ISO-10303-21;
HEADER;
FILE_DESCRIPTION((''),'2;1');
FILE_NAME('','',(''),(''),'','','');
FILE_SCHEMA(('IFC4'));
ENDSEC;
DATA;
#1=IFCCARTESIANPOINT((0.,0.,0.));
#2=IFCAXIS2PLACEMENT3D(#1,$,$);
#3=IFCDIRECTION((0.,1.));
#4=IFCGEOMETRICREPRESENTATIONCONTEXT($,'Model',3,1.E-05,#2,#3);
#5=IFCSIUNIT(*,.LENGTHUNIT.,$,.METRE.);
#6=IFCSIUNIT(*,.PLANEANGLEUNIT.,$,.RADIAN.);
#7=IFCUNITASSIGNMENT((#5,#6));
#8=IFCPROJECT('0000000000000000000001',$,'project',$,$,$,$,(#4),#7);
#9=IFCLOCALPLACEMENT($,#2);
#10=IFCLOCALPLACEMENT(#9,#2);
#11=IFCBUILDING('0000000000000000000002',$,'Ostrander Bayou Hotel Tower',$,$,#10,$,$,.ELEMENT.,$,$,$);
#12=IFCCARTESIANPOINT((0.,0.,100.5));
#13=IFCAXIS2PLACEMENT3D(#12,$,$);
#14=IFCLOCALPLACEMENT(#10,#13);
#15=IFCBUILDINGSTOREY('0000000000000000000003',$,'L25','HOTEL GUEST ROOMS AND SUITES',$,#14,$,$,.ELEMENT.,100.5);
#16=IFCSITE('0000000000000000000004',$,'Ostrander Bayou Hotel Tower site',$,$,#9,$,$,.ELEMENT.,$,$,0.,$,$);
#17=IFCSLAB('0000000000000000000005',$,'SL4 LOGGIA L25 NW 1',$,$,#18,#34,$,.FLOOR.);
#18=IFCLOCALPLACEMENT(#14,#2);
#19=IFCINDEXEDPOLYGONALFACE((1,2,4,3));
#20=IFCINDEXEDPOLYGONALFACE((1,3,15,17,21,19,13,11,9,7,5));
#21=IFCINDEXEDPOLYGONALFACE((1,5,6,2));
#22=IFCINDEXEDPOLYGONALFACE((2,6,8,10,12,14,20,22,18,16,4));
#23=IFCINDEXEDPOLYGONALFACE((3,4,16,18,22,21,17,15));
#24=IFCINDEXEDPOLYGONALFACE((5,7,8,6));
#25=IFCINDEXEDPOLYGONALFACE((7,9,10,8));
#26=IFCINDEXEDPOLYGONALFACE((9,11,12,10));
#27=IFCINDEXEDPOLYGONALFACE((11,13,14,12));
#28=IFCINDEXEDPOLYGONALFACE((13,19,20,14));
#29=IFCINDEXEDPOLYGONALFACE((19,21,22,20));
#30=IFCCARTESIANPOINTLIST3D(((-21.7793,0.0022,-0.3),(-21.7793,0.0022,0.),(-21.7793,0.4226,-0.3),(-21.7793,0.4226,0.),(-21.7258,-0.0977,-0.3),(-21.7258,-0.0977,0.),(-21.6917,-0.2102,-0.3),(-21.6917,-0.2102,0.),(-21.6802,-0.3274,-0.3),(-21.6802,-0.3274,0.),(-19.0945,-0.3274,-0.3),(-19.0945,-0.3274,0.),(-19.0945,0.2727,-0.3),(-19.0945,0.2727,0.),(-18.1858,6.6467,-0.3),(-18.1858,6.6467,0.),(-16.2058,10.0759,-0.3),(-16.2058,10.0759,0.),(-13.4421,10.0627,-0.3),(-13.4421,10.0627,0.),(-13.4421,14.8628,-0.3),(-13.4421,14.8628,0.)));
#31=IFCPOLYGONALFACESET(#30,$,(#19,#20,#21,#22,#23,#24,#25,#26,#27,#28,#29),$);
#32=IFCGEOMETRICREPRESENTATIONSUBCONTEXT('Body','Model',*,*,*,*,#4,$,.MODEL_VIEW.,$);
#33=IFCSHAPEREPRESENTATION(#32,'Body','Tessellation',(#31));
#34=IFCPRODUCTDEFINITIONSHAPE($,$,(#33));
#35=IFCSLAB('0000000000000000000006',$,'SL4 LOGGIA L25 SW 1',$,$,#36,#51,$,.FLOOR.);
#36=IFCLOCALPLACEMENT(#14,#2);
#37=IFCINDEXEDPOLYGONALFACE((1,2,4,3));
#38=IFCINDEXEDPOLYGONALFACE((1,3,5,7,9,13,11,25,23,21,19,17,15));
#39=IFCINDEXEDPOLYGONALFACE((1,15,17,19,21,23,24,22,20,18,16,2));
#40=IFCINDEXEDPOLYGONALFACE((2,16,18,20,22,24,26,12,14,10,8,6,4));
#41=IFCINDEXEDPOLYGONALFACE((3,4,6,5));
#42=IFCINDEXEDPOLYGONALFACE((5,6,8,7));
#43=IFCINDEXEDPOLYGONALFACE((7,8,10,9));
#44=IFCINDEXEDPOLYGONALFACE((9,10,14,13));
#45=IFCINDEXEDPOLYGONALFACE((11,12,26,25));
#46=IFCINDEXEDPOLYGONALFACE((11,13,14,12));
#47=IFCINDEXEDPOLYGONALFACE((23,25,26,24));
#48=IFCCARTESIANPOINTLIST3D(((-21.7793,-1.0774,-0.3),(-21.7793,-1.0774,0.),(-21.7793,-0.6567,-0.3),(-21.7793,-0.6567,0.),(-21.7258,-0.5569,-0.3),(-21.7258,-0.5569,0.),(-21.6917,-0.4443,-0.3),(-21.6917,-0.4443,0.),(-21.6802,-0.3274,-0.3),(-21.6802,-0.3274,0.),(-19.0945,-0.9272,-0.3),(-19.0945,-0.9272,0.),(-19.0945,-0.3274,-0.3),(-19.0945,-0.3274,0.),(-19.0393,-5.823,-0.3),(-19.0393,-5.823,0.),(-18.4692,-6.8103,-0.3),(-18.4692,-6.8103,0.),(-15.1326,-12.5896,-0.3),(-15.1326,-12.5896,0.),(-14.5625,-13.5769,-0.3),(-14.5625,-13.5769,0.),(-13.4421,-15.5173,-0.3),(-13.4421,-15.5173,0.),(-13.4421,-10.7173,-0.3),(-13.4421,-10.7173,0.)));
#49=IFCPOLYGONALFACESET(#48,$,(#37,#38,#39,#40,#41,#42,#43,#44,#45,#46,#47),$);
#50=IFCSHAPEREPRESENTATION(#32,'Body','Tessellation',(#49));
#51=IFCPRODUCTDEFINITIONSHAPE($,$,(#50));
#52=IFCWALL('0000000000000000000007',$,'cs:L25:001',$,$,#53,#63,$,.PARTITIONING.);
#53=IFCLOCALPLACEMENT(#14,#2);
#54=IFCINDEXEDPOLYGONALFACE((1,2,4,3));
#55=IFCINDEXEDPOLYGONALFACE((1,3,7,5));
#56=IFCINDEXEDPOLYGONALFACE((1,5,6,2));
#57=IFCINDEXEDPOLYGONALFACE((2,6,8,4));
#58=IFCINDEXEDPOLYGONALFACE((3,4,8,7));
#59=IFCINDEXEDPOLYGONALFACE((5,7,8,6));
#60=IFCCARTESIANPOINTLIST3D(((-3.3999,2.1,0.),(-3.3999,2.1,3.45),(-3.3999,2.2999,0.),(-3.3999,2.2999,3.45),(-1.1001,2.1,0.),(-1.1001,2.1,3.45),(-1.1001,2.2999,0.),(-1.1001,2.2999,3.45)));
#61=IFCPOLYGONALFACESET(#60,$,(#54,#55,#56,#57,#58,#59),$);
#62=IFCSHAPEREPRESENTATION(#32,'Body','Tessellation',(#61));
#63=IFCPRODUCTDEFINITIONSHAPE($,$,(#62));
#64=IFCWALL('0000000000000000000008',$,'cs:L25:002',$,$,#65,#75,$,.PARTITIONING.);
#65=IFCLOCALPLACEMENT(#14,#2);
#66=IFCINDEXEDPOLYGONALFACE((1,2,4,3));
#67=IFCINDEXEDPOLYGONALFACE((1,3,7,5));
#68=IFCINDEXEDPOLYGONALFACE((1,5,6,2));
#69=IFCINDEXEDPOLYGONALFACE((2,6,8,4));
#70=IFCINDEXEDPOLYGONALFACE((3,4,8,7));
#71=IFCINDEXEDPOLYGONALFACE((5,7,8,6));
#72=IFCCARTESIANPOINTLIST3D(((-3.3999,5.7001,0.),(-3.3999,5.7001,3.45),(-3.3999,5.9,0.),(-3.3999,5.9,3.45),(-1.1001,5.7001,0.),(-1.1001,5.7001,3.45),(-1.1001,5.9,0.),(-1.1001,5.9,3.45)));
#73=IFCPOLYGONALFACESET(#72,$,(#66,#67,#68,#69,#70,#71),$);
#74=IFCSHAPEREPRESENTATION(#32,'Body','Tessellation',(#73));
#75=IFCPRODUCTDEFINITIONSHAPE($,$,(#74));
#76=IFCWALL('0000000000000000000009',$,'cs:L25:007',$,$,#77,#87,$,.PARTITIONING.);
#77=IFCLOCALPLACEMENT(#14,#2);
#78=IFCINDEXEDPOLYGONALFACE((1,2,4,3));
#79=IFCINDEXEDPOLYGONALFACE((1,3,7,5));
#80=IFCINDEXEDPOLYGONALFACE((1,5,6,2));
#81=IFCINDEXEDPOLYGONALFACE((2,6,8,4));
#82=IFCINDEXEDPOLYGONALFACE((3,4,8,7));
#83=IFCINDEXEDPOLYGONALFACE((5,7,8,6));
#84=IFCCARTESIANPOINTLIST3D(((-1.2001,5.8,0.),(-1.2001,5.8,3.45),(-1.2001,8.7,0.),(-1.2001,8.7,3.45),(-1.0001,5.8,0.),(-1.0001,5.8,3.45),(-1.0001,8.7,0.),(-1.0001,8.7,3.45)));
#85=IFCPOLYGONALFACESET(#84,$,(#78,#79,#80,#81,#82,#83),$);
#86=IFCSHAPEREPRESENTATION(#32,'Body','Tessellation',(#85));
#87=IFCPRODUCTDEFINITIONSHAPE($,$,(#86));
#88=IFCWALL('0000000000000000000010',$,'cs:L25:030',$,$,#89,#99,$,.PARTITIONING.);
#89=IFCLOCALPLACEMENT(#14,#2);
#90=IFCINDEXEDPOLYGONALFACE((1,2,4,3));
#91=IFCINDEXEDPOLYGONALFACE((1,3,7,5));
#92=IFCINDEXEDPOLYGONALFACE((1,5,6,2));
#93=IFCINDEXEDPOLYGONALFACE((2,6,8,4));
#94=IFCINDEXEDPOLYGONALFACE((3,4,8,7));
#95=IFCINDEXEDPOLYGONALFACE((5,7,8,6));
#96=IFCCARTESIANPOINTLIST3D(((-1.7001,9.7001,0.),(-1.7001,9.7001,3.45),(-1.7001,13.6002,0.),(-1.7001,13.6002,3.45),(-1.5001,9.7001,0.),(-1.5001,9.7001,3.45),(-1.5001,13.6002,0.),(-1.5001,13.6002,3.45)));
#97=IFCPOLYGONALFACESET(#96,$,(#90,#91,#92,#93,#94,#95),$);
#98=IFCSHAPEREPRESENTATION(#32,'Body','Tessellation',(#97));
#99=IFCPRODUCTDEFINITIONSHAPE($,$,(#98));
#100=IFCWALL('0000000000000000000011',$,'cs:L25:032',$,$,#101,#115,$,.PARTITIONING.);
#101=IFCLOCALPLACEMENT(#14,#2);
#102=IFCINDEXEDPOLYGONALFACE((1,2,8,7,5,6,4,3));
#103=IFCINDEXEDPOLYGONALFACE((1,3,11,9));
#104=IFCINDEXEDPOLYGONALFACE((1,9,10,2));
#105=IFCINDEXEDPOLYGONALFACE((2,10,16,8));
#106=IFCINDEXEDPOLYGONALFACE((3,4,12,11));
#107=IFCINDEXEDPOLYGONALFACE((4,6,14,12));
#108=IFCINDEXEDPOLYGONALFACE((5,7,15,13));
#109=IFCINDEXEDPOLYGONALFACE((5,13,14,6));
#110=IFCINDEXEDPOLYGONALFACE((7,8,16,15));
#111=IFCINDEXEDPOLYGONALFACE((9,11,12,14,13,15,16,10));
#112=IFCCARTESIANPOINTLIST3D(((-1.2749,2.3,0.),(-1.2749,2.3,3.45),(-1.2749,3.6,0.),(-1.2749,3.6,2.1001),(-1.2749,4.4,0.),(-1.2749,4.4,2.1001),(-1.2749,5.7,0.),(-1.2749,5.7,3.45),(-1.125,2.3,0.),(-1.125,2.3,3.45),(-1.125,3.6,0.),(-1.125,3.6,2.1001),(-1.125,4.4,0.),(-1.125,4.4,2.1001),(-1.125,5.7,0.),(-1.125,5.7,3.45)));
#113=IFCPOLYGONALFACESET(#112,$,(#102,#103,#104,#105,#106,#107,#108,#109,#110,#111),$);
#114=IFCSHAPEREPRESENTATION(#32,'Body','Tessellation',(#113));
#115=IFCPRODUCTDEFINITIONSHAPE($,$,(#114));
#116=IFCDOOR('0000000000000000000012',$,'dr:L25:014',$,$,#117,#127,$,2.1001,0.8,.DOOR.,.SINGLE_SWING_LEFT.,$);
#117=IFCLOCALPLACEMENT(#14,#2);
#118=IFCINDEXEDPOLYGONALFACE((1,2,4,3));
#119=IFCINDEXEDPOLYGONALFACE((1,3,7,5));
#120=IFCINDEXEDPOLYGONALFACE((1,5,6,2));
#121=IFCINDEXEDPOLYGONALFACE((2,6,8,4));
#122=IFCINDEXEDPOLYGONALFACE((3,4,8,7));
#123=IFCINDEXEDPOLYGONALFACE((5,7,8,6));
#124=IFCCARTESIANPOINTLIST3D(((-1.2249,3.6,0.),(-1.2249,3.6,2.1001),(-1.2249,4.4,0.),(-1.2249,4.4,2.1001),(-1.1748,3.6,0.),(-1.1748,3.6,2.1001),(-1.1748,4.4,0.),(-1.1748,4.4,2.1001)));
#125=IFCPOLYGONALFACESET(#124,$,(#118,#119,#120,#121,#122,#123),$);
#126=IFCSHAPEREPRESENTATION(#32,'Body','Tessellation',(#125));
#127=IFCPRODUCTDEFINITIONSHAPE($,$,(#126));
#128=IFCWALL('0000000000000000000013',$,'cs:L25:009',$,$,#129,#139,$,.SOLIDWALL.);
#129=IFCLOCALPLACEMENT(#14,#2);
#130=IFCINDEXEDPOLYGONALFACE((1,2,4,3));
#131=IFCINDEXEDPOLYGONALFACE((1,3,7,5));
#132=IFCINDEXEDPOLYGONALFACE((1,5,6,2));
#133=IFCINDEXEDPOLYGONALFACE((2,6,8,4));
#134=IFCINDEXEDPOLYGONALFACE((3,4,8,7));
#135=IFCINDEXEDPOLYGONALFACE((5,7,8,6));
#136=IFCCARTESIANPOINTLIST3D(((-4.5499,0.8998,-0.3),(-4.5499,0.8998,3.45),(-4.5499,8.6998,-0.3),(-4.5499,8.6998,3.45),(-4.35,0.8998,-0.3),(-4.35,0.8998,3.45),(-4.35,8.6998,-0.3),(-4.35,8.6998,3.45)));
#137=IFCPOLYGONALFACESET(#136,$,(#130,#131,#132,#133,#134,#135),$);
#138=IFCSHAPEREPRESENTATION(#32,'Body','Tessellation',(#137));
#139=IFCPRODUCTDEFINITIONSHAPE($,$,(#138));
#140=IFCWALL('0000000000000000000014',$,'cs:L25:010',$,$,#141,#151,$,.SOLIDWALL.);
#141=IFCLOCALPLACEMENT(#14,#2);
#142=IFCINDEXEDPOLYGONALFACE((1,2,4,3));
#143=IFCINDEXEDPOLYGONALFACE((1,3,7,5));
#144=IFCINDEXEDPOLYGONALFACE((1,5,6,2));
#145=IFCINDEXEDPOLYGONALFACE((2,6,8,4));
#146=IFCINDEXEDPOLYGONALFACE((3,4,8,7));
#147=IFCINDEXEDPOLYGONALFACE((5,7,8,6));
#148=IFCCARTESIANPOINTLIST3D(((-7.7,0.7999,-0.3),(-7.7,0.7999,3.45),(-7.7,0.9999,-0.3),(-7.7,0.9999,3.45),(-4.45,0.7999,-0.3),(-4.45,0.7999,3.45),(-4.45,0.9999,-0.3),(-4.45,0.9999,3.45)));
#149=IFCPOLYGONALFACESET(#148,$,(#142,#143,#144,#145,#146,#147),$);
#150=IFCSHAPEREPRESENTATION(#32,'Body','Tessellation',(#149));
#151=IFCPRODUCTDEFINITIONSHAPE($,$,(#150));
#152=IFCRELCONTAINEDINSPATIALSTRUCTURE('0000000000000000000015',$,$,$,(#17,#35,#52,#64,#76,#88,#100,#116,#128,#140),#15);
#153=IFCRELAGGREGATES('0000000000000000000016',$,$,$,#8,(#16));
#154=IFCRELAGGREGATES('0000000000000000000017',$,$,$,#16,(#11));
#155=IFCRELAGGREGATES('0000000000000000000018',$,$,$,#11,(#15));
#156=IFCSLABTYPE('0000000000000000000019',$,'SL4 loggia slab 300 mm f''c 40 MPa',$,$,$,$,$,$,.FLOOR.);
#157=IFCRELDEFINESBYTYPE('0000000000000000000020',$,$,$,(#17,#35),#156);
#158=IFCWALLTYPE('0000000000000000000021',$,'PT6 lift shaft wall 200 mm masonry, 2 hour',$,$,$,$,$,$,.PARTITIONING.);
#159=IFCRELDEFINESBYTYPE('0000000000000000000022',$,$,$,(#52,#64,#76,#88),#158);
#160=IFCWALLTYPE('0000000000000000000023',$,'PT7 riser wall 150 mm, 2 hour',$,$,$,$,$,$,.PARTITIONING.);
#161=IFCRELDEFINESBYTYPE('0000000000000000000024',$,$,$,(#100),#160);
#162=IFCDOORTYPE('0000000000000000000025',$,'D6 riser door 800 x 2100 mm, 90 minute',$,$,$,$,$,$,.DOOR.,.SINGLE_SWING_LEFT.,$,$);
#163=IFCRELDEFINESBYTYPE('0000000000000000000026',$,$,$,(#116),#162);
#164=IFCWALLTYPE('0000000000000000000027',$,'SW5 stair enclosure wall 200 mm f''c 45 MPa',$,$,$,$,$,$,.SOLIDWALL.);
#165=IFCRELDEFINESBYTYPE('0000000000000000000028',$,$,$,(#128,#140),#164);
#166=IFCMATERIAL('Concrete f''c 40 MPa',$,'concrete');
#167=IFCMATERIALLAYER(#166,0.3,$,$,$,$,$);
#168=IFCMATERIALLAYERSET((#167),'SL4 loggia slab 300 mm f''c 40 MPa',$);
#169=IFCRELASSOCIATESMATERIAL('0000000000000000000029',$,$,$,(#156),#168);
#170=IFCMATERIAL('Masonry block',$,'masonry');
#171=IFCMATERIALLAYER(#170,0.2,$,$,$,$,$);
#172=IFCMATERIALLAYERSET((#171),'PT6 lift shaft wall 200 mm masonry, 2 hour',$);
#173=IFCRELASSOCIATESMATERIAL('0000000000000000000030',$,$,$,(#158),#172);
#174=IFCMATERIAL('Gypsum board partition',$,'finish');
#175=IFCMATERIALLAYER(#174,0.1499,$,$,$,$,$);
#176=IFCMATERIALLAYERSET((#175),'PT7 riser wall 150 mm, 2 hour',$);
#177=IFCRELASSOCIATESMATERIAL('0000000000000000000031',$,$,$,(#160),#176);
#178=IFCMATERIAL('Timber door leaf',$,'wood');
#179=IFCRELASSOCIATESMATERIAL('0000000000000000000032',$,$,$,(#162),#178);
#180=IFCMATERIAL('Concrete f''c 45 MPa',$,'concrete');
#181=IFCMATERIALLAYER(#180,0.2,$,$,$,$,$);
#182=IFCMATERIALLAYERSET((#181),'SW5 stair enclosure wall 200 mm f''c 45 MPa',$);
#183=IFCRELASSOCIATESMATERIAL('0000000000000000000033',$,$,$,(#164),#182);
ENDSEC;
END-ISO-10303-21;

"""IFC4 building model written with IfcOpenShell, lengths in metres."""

from ifc_helpers import new_model, si_unit, direction, frame, frame_2d, origin, place, context, subcontext, project, spatial, polyline, rectangle, outline, extrude, material, layer, layer_set, type_object, element, fill, save


model = new_model("IFC4")

# Units and contexts
model_context = context("Model", 3, precision=1e-05, world=origin(), true_north=direction((0.0, 1.0)))
body_context = subcontext(model_context, "Body", "Model", "MODEL_VIEW")
ifc_project = project(units=[si_unit("LENGTHUNIT", "METRE"), si_unit("PLANEANGLEUNIT", "RADIAN")], contexts=[model_context])

# Site, building, storey
site_placement = place(None, origin())
site = spatial("IfcSite", under=ifc_project, at=site_placement, Name="Ostrander Bayou Hotel Tower site", CompositionType="ELEMENT", RefElevation=0.0)
building_placement = place(site_placement, origin())
building = spatial("IfcBuilding", under=site, at=building_placement, Name="Ostrander Bayou Hotel Tower", CompositionType="ELEMENT")
storey_placement = place(building_placement, frame((0.0, 0.0, 100.5)))
storey = spatial("IfcBuildingStorey", under=building, at=storey_placement, Name="L25", Description="HOTEL GUEST ROOMS AND SUITES", CompositionType="ELEMENT", Elevation=100.5)

# Slabs
ifc_material_1 = material(Name="Concrete f'c 40 MPa", Category="concrete")
ifc_layer_1 = layer(ifc_material_1, 0.3)
ifc_layer_set_1 = layer_set([ifc_layer_1], Name="SL4 loggia slab 300 mm f'c 40 MPa")
slab_type = type_object("IfcSlabType", Name="SL4 loggia slab 300 mm f'c 40 MPa", PredefinedType="FLOOR", material=ifc_layer_set_1)
slab_1_placement = place(storey_placement, frame((0.0, 0.0, -0.3)))
element("IfcSlab", 1, at=slab_1_placement, inside=storey, type_object=slab_type, Name="SL4 LOGGIA L25 NW 1", PredefinedType="FLOOR", context=body_context, shape_type="SweptSolid", body=[
    extrude(outline(polyline([(-13.4421, 10.0627), (-19.0945, 0.2727), (-19.0945, -0.3274), (-21.6802, -0.3274), (-21.6917, -0.2102), (-21.7258, -0.0977), (-21.7793, 0.0022), (-21.7793, 0.4226), (-18.1858, 6.6467), (-16.2058, 10.0759), (-13.4421, 14.8628), (-13.4421, 10.0627)])), origin(), (0.0, 0.0, 1.0), 0.3),
])
slab_2_placement = place(storey_placement, frame((0.0, 0.0, -0.3)))
element("IfcSlab", 2, at=slab_2_placement, inside=storey, type_object=slab_type, Name="SL4 LOGGIA L25 SW 1", PredefinedType="FLOOR", context=body_context, shape_type="SweptSolid", body=[
    extrude(outline(polyline([(-13.4421, -15.5173), (-14.5625, -13.5769), (-15.1326, -12.5896), (-18.4692, -6.8103), (-19.0393, -5.823), (-21.7793, -1.0774), (-21.7793, -0.6567), (-21.7258, -0.5569), (-21.6917, -0.4443), (-21.6802, -0.3274), (-19.0945, -0.3274), (-19.0945, -0.9272), (-13.4421, -10.7173), (-13.4421, -15.5173)])), origin(), (0.0, 0.0, 1.0), 0.3),
])

# Walls
ifc_material_2 = material(Name="Masonry block", Category="masonry")
ifc_layer_2 = layer(ifc_material_2, 0.2)
ifc_layer_set_2 = layer_set([ifc_layer_2], Name="PT6 lift shaft wall 200 mm masonry, 2 hour")
wall_type_1 = type_object("IfcWallType", Name="PT6 lift shaft wall 200 mm masonry, 2 hour", PredefinedType="PARTITIONING", material=ifc_layer_set_2)
for number, where, z_axis, x_axis, name in (
    (3, (-3.3999, 2.2, 0.0), (0.0, 0.0, 1.0), (1.0, 0.0, 0.0), "cs:L25:001"),
    (4, (-3.3999, 5.8, 0.0), (0.0, 0.0, 1.0), (1.0, 0.0, 0.0), "cs:L25:002"),
):
    element("IfcWall", number, at=place(storey_placement, frame(where, z_axis=z_axis, x_axis=x_axis)), inside=storey, type_object=wall_type_1, Name=name, PredefinedType="PARTITIONING", context=body_context, shape_type="SweptSolid", body=[
        extrude(rectangle(XDim=2.2998, YDim=0.2, at=frame_2d((1.1499, 0.0))), origin(), (0.0, 0.0, 1.0), 3.45),
    ])
wall_1_placement = place(storey_placement, frame((-1.1001, 5.8, 0.0), z_axis=(0.0, 0.0, 1.0), x_axis=(0.0, 1.0, 0.0)))
element("IfcWall", 5, at=wall_1_placement, inside=storey, type_object=wall_type_1, Name="cs:L25:007", PredefinedType="PARTITIONING", context=body_context, shape_type="SweptSolid", body=[
    extrude(rectangle(XDim=2.8999, YDim=0.2, at=frame_2d((1.45, 0.0))), origin(), (0.0, 0.0, 1.0), 3.45),
])
wall_2_placement = place(storey_placement, frame((-1.6001, 9.7, 0.0), z_axis=(0.0, 0.0, 1.0), x_axis=(0.0, 1.0, 0.0)))
element("IfcWall", 6, at=wall_2_placement, inside=storey, type_object=wall_type_1, Name="cs:L25:030", PredefinedType="PARTITIONING", context=body_context, shape_type="SweptSolid", body=[
    extrude(rectangle(XDim=3.9001, YDim=0.2, at=frame_2d((1.9502, 0.0))), origin(), (0.0, 0.0, 1.0), 3.45),
])

# Wall, opening, door
ifc_material_3 = material(Name="Gypsum board partition", Category="finish")
ifc_layer_3 = layer(ifc_material_3, 0.1499)
ifc_layer_set_3 = layer_set([ifc_layer_3], Name="PT7 riser wall 150 mm, 2 hour")
wall_type_2 = type_object("IfcWallType", Name="PT7 riser wall 150 mm, 2 hour", PredefinedType="PARTITIONING", material=ifc_layer_set_3)
wall_3_placement = place(storey_placement, frame((-1.2, 2.3, 0.0), z_axis=(0.0, 0.0, 1.0), x_axis=(0.0, 1.0, 0.0)))
wall_3 = element("IfcWall", 7, at=wall_3_placement, inside=storey, type_object=wall_type_2, Name="cs:L25:032", PredefinedType="PARTITIONING", context=body_context, shape_type="SweptSolid", body=[
    extrude(rectangle(XDim=3.3999, YDim=0.1499, at=frame_2d((1.7, 0.0))), origin(), (0.0, 0.0, 1.0), 3.45),
])
opening_1_placement = place(wall_3_placement, frame((1.3, 0.0, 0.0)))
opening_1 = element("IfcOpeningElement", 8, at=opening_1_placement, cuts=wall_3, PredefinedType="OPENING", context=body_context, shape_type="SweptSolid", body=[
    extrude(rectangle(XDim=0.8, YDim=2.1001, at=frame_2d((0.3999, 1.05))), frame((0.0, 0.075, 0.0), z_axis=(0.0, -1.0, 0.0), x_axis=(1.0, 0.0, 0.0)), (0.0, 0.0, 1.0), 0.1499),
])
ifc_material_4 = material(Name="Timber door leaf", Category="wood")
door_type_1 = type_object("IfcDoorType", Name="D6 riser door 800 x 2100 mm, 90 minute", OperationType="SINGLE_SWING_LEFT", PredefinedType="DOOR", material=ifc_material_4)
door_1_placement = place(opening_1_placement, origin())
door_1 = element("IfcDoor", 9, at=door_1_placement, inside=storey, type_object=door_type_1, Name="dr:L25:014", OperationType="SINGLE_SWING_LEFT", OverallHeight=2.1001, OverallWidth=0.8, PredefinedType="DOOR", context=body_context, shape_type="SweptSolid", body=[
    extrude(rectangle(XDim=0.8, YDim=2.1001, at=frame_2d((0.3999, 1.05))), frame((0.0, 0.0249, 0.0), z_axis=(0.0, -1.0, 0.0), x_axis=(1.0, 0.0, 0.0)), (0.0, 0.0, 1.0), 0.05),
])
fill(opening_1, door_1)

# Walls
ifc_material_5 = material(Name="Concrete f'c 45 MPa", Category="concrete")
ifc_layer_4 = layer(ifc_material_5, 0.2)
ifc_layer_set_4 = layer_set([ifc_layer_4], Name="SW5 stair enclosure wall 200 mm f'c 45 MPa")
wall_type_3 = type_object("IfcWallType", Name="SW5 stair enclosure wall 200 mm f'c 45 MPa", PredefinedType="SOLIDWALL", material=ifc_layer_set_4)
wall_4_placement = place(storey_placement, frame((-4.45, 0.8999, -0.3), z_axis=(0.0, 0.0, 1.0), x_axis=(0.0, 1.0, 0.0)))
element("IfcWall", 10, at=wall_4_placement, inside=storey, type_object=wall_type_3, Name="cs:L25:009", PredefinedType="SOLIDWALL", context=body_context, shape_type="SweptSolid", body=[
    extrude(rectangle(XDim=7.8, YDim=0.2, at=frame_2d((3.8999, 0.0))), origin(), (0.0, 0.0, 1.0), 3.75),
])
wall_5_placement = place(storey_placement, frame((-7.7, 0.8999, -0.3), z_axis=(0.0, 0.0, 1.0), x_axis=(1.0, 0.0, 0.0)))
element("IfcWall", 11, at=wall_5_placement, inside=storey, type_object=wall_type_3, Name="cs:L25:010", PredefinedType="SOLIDWALL", context=body_context, shape_type="SweptSolid", body=[
    extrude(rectangle(XDim=3.25, YDim=0.2, at=frame_2d((1.625, 0.0))), origin(), (0.0, 0.0, 1.0), 3.75),
])

save(model, "model.ifc")
